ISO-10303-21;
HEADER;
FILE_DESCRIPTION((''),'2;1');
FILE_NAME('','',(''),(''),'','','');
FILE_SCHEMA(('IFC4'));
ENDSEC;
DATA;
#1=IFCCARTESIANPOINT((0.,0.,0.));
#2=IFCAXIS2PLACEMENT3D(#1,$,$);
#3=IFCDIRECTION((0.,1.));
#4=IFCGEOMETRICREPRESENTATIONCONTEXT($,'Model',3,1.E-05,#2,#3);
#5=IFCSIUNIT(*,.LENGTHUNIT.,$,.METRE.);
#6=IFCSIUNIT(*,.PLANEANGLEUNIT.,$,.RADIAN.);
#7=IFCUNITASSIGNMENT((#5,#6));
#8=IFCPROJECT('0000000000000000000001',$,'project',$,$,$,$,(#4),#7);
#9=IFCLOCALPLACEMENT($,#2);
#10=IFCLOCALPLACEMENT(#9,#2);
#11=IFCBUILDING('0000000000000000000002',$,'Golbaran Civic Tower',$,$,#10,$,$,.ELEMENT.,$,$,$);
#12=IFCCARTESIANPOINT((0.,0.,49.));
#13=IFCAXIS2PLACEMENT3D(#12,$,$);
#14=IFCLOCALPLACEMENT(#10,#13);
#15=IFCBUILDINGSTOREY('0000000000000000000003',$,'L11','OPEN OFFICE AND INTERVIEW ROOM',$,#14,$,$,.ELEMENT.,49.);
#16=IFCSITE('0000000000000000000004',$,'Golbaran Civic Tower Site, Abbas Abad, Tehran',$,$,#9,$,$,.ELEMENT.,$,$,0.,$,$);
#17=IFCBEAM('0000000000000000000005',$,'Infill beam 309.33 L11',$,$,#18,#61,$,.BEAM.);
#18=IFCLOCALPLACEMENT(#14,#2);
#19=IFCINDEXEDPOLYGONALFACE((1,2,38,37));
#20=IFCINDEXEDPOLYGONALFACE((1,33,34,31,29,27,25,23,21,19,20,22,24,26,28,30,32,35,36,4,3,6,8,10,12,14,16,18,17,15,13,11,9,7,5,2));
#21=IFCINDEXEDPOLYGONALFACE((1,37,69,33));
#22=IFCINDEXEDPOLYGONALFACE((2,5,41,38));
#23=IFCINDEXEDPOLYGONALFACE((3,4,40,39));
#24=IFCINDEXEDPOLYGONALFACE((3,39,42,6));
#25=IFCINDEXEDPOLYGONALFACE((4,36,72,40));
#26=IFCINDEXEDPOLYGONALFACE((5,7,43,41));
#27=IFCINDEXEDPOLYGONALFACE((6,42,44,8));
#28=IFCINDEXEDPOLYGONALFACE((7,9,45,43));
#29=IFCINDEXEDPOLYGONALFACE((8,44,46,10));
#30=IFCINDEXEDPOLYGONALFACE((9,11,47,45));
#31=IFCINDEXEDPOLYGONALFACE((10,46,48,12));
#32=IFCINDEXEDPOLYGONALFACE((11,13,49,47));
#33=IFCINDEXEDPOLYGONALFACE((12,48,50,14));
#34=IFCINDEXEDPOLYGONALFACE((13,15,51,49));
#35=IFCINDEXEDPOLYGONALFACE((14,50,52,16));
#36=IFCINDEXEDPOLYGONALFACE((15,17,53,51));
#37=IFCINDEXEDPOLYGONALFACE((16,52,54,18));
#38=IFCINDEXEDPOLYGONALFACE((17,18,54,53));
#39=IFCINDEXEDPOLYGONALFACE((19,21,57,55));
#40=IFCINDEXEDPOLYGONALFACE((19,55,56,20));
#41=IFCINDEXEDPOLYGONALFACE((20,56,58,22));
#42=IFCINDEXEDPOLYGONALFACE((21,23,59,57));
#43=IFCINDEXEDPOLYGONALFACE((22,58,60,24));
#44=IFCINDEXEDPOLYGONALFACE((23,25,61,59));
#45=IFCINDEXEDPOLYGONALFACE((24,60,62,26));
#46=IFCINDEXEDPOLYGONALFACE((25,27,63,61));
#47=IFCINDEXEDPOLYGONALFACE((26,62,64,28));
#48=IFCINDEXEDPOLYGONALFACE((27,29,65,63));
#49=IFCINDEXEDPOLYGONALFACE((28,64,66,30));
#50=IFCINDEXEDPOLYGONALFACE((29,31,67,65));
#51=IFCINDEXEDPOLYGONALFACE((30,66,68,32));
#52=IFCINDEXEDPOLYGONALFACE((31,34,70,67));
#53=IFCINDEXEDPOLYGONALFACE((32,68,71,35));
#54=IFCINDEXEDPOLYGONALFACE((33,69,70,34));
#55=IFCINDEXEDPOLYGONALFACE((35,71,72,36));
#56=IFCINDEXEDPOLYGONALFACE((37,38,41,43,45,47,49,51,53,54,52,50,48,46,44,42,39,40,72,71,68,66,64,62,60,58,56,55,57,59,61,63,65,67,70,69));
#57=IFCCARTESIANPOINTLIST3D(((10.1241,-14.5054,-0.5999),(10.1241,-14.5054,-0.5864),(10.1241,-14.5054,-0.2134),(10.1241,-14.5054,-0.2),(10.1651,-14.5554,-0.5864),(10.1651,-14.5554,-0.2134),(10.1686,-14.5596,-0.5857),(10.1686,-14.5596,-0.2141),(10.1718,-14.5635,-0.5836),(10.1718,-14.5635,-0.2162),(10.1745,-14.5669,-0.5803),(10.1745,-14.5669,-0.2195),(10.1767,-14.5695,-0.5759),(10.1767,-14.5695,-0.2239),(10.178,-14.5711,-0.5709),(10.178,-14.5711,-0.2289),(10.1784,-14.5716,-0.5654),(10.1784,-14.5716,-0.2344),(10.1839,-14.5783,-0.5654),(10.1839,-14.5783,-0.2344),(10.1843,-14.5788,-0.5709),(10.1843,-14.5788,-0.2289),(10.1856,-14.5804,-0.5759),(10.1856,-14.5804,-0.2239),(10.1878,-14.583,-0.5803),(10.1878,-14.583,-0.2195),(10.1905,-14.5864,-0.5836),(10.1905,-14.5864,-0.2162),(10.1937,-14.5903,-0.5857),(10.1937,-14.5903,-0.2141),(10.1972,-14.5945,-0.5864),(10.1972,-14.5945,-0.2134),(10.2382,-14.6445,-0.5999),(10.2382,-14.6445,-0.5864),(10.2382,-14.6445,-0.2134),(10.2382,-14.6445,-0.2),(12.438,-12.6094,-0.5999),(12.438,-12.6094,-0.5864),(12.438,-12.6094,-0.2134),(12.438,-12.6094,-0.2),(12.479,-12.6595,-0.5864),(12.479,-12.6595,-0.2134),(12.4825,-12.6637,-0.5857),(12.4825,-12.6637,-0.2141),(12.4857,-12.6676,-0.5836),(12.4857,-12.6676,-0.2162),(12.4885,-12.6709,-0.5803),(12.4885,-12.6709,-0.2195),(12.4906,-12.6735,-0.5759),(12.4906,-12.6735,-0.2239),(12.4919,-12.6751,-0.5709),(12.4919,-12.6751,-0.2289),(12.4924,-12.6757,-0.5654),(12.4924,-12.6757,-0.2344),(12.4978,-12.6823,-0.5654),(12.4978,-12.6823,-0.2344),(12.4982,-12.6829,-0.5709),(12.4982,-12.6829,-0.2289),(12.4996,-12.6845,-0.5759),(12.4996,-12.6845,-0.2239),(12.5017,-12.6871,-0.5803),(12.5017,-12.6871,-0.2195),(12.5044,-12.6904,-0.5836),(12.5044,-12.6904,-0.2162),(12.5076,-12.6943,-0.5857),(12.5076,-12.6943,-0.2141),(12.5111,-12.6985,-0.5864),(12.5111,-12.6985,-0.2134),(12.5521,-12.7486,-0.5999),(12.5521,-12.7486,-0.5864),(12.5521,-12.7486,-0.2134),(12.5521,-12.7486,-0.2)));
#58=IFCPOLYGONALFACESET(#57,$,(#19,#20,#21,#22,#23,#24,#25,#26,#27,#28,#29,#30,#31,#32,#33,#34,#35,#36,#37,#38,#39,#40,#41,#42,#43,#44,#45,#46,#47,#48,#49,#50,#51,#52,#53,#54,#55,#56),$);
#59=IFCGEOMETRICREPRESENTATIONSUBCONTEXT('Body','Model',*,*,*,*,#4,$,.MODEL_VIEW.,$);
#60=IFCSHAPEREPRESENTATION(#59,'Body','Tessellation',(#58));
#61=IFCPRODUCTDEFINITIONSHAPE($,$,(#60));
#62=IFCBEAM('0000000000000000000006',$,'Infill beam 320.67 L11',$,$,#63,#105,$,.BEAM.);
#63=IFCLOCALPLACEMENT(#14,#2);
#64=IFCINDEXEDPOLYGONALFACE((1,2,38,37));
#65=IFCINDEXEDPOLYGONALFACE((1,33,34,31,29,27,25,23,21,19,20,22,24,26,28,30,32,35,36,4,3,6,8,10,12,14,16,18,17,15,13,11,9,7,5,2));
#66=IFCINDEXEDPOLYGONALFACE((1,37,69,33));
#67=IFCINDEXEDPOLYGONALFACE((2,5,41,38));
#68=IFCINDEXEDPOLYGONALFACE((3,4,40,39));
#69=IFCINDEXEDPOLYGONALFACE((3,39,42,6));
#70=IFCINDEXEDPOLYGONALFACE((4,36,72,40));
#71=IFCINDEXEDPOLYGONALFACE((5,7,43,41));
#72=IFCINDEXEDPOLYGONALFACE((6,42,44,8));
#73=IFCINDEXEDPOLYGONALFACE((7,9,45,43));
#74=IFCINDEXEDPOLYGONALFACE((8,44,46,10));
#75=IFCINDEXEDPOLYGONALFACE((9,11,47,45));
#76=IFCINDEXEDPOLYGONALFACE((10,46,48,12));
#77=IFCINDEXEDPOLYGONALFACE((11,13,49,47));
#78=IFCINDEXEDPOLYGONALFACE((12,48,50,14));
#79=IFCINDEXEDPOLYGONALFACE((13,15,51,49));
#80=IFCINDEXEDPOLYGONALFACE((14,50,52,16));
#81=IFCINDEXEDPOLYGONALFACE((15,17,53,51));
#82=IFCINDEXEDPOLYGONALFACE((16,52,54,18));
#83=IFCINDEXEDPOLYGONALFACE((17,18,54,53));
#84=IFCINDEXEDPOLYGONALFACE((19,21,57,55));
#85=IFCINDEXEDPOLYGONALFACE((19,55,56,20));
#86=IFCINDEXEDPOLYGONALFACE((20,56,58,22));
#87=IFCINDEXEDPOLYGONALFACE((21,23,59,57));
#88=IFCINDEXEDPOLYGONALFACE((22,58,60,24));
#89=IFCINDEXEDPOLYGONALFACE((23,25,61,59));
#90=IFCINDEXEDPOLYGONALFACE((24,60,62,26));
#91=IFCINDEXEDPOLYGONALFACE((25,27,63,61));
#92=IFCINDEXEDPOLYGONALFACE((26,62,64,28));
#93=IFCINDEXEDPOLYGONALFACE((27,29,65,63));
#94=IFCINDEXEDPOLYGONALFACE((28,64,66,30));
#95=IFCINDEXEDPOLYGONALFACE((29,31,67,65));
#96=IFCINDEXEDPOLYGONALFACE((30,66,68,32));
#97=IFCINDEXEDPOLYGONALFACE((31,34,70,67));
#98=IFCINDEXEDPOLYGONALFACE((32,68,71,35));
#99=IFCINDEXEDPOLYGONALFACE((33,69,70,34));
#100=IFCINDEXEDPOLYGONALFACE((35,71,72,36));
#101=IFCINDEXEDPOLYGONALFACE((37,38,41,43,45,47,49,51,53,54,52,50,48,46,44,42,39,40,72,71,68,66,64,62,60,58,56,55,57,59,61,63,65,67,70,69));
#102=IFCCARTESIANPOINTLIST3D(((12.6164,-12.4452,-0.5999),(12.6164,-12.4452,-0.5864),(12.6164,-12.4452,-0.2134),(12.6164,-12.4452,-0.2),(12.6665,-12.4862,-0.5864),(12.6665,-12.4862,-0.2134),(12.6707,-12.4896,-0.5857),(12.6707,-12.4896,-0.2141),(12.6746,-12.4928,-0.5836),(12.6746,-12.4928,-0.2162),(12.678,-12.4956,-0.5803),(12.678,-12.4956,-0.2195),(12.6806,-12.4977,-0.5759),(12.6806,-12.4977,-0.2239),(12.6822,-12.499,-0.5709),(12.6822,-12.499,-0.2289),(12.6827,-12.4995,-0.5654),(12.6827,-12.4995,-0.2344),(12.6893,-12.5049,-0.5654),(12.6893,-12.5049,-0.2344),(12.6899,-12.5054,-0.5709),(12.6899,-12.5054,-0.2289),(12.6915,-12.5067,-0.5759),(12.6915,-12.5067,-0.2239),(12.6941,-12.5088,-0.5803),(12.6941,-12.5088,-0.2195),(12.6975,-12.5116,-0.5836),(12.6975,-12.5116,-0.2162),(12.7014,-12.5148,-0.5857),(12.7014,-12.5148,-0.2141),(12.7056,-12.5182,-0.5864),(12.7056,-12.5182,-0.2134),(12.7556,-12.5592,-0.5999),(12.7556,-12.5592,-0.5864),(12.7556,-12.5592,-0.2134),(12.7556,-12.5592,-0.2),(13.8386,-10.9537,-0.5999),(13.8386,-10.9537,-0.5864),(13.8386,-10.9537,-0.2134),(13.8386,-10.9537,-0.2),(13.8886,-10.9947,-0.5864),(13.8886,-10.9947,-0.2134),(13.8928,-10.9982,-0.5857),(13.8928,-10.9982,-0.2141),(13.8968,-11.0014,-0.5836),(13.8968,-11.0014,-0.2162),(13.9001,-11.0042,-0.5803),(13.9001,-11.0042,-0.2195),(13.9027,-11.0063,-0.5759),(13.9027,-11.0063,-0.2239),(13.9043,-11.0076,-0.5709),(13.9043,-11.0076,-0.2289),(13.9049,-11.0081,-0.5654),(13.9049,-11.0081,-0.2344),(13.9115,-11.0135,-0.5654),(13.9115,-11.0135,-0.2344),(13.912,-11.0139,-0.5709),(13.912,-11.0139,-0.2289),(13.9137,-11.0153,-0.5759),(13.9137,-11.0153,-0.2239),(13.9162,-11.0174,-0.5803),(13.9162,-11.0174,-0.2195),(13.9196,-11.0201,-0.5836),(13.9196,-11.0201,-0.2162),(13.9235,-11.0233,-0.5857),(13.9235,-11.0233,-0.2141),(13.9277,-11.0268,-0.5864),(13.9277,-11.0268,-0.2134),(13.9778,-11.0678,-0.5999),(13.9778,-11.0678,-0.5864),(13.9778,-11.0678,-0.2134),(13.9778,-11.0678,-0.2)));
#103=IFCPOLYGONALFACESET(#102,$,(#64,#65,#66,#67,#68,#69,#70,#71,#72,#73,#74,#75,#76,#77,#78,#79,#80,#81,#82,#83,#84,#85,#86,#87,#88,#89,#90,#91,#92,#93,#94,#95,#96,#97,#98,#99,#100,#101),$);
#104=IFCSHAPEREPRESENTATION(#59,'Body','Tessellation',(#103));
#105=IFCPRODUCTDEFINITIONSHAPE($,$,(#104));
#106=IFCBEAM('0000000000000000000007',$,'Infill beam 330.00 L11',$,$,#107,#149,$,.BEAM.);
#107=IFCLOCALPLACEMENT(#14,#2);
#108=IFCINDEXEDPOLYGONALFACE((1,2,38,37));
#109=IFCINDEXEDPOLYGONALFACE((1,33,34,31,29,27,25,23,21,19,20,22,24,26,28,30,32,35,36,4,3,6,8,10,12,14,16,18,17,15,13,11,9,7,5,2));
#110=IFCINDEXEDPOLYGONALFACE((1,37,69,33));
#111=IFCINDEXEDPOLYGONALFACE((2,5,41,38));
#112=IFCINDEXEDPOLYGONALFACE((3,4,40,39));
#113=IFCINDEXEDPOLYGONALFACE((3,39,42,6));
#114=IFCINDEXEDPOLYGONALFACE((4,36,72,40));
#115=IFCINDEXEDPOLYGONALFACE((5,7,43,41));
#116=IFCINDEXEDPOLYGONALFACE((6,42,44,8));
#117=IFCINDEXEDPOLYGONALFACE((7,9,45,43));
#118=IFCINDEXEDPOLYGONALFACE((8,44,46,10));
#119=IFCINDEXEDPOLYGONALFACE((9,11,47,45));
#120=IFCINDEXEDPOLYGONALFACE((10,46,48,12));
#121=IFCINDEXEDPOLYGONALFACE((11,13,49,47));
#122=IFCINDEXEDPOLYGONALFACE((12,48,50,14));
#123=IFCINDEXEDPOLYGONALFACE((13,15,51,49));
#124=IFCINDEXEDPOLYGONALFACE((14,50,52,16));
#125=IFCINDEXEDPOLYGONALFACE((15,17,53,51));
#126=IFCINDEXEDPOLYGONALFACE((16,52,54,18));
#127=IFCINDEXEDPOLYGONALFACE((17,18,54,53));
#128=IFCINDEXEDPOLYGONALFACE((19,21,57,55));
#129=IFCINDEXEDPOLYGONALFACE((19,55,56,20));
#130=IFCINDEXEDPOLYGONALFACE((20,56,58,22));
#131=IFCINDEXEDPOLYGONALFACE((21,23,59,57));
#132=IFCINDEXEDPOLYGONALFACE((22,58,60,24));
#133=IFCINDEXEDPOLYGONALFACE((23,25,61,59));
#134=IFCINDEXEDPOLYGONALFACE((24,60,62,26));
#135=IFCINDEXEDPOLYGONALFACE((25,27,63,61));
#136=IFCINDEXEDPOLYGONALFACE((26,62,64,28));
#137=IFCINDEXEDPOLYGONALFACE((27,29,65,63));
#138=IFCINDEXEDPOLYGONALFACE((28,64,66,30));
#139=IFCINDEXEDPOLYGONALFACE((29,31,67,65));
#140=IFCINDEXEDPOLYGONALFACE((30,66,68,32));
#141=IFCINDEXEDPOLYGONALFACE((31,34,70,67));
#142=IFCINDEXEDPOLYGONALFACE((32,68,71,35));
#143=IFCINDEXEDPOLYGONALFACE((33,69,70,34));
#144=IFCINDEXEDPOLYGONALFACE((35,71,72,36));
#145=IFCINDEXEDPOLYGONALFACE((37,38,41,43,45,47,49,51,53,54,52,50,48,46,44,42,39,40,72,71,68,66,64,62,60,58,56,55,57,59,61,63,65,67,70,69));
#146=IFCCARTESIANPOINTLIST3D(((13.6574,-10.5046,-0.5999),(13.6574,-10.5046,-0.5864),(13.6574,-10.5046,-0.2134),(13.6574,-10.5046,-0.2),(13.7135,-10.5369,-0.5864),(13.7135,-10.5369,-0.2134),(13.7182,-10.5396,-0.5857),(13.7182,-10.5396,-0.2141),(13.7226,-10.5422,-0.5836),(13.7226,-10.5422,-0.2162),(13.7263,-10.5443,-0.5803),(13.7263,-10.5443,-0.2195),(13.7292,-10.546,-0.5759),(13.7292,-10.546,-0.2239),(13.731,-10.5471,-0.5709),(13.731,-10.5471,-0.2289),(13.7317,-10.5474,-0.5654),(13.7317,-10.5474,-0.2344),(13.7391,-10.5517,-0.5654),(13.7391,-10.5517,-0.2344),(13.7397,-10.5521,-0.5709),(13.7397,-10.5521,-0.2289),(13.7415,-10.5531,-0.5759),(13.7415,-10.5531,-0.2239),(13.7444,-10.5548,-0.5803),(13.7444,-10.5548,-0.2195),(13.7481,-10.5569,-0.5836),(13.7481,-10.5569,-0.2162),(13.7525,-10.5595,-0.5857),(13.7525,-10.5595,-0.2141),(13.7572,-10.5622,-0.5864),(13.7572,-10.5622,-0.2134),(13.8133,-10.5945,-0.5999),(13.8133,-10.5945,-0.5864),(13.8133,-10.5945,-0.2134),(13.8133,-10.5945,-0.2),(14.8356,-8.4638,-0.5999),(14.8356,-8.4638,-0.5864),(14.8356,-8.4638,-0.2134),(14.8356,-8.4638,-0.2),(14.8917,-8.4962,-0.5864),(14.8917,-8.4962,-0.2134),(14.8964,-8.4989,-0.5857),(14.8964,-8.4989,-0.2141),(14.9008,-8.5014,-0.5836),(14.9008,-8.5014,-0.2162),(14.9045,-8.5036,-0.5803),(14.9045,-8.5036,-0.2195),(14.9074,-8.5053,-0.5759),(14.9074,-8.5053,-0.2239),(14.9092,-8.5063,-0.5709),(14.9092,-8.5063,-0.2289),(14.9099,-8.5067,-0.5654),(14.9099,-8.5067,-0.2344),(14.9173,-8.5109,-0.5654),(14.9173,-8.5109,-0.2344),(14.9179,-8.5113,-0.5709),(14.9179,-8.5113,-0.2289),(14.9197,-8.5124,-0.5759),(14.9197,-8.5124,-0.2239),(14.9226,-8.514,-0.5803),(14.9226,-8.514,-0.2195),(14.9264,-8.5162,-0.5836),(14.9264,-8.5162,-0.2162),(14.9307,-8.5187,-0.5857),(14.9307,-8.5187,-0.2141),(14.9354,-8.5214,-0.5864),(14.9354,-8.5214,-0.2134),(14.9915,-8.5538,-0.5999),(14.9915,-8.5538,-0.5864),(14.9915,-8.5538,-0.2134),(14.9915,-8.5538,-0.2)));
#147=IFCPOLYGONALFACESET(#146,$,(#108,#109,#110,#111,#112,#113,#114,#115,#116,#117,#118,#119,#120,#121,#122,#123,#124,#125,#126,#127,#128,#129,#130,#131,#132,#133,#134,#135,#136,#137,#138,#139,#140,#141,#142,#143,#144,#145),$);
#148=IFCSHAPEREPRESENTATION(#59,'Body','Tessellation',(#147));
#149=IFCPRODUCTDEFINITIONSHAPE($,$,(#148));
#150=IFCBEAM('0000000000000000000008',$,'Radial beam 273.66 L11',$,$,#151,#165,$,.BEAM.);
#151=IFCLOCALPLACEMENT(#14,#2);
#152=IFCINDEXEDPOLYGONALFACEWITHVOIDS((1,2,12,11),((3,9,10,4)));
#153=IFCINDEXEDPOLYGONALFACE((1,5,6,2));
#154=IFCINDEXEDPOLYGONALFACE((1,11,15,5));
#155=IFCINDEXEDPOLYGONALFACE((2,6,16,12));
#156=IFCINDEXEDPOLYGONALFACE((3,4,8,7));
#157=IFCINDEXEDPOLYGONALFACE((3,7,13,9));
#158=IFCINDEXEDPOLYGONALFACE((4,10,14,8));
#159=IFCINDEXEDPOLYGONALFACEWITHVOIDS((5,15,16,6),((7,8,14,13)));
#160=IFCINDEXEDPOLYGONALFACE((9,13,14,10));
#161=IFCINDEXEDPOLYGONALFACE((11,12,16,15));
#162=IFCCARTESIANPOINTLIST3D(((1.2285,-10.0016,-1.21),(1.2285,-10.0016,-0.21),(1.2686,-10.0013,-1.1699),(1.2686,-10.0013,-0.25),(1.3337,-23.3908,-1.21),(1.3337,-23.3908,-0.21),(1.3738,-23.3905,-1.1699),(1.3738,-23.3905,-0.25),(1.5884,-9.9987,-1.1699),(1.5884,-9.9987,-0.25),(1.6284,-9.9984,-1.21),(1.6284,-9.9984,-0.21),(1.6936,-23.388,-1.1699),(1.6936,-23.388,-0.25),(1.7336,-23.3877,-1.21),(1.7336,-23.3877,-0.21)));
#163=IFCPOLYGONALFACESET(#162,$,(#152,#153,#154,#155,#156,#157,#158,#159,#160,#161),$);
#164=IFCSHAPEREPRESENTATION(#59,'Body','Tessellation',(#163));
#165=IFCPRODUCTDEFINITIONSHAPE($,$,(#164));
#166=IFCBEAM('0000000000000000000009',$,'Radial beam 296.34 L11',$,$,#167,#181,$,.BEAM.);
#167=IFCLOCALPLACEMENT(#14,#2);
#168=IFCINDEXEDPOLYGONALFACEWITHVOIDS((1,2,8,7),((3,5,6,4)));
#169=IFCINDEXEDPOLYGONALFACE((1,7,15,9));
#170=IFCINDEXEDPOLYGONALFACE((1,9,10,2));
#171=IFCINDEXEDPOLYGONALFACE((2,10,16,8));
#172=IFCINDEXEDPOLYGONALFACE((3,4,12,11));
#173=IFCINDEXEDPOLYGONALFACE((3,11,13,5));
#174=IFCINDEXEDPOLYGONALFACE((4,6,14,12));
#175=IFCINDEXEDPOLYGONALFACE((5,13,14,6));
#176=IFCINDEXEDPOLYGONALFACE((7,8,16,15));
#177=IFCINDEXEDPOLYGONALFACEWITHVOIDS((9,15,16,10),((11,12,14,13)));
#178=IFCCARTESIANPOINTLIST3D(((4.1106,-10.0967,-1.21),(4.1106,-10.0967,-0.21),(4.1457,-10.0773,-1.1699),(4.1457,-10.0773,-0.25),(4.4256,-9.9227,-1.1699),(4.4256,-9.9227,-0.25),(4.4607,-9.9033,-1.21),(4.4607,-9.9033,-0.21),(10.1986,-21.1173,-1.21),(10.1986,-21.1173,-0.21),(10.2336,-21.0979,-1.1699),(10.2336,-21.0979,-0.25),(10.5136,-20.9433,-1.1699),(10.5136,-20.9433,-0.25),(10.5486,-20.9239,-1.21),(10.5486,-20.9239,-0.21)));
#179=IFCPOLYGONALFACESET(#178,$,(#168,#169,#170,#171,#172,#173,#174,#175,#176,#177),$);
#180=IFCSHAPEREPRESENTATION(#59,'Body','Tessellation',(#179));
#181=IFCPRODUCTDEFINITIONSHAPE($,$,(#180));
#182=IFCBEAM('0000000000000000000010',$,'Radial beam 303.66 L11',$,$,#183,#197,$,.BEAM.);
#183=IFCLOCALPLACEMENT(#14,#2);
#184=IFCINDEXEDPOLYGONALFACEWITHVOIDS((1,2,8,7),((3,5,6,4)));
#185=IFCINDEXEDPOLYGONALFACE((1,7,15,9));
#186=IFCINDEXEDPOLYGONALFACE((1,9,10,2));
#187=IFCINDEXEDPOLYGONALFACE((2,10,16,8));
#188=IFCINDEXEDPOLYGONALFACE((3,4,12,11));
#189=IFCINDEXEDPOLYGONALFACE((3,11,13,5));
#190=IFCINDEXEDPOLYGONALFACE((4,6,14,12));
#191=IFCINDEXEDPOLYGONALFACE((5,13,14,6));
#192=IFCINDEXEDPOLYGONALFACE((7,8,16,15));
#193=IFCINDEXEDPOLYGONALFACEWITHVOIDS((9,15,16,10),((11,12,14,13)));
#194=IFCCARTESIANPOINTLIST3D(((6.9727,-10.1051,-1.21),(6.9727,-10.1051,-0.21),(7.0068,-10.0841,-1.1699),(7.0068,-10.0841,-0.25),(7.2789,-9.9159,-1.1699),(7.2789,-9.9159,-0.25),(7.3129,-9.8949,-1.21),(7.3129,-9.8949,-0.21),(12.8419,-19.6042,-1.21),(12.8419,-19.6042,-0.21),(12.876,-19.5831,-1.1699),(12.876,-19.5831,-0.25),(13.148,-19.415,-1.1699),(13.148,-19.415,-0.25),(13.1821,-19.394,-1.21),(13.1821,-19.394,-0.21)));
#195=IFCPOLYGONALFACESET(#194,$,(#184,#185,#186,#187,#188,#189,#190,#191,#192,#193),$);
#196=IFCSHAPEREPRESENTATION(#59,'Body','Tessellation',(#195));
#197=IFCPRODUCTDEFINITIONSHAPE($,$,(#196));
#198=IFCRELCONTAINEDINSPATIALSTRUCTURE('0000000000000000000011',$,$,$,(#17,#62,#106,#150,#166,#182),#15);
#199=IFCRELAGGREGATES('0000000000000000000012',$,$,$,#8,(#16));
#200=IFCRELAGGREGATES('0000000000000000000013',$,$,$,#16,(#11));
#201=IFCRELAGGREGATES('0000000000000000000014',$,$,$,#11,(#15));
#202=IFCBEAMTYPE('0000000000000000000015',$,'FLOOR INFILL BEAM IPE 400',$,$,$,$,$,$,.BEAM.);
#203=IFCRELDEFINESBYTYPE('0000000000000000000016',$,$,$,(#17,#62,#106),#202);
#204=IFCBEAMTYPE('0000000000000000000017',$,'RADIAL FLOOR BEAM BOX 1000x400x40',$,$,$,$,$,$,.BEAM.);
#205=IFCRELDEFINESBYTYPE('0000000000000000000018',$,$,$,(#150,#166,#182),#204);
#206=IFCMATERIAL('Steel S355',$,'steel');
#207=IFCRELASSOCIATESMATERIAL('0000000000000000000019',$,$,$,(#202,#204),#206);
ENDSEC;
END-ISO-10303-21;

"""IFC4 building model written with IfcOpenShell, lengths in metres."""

from ifc_helpers import new_model, si_unit, direction, frame, origin, origin_2d, place, context, subcontext, project, spatial, hollow_rectangle, i_section, extrude, material, material_profile, profile_set, type_object, element, save


model = new_model("IFC4")

# Units and contexts
model_context = context("Model", 3, precision=1e-05, world=origin(), true_north=direction((0.0, 1.0)))
body_context = subcontext(model_context, "Body", "Model", "MODEL_VIEW")
ifc_project = project(units=[si_unit("LENGTHUNIT", "METRE"), si_unit("PLANEANGLEUNIT", "RADIAN")], contexts=[model_context])

# Site, building, storey
site_placement = place(None, origin())
site = spatial("IfcSite", under=ifc_project, at=site_placement, Name="Golbaran Civic Tower Site, Abbas Abad, Tehran", CompositionType="ELEMENT", RefElevation=0.0)
building_placement = place(site_placement, origin())
building = spatial("IfcBuilding", under=site, at=building_placement, Name="Golbaran Civic Tower", CompositionType="ELEMENT")
storey_placement = place(building_placement, frame((0.0, 0.0, 49.0)))
storey = spatial("IfcBuildingStorey", under=building, at=storey_placement, Name="L11", Description="OPEN OFFICE AND INTERVIEW ROOM", CompositionType="ELEMENT", Elevation=49.0)

# Beams
ifc_material_1 = material(Name="Steel S355", Category="steel")
ifc_material_profile_1 = material_profile(ifc_material_1, i_section(OverallWidth=0.1799, OverallDepth=0.3999, WebThickness=0.0085, FlangeThickness=0.0134, FilletRadius=0.021, at=origin_2d()), Name="IPE 400")
ifc_profile_set_1 = profile_set([ifc_material_profile_1], Name="Steel S355")
beam_type_1 = type_object("IfcBeamType", Name="FLOOR INFILL BEAM IPE 400", PredefinedType="BEAM", material=ifc_profile_set_1)
beam_1_placement = place(storey_placement, frame((10.1812, -14.575, -0.3999), z_axis=(0.773506, 0.633789, 0.0), x_axis=(-0.633789, 0.773506, 0.0)))
element("IfcBeam", 1, at=beam_1_placement, inside=storey, type_object=beam_type_1, Name="Infill beam 309.33 L11", PredefinedType="BEAM", context=body_context, shape_type="SweptSolid", body=[
    extrude(i_section(OverallWidth=0.1799, OverallDepth=0.3999, WebThickness=0.0085, FlangeThickness=0.0134, FilletRadius=0.021, at=origin_2d()), origin(), (0.0, 0.0, 1.0), 2.9915),
])
beam_2_placement = place(storey_placement, frame((12.686, -12.5022, -0.3999), z_axis=(0.633824, 0.773478, 0.0), x_axis=(-0.773478, 0.633824, 0.0)))
element("IfcBeam", 2, at=beam_2_placement, inside=storey, type_object=beam_type_1, Name="Infill beam 320.67 L11", PredefinedType="BEAM", context=body_context, shape_type="SweptSolid", body=[
    extrude(i_section(OverallWidth=0.1799, OverallDepth=0.3999, WebThickness=0.0085, FlangeThickness=0.0134, FilletRadius=0.021, at=origin_2d()), origin(), (0.0, 0.0, 1.0), 1.9282),
])
beam_3_placement = place(storey_placement, frame((13.7354, -10.5496, -0.3999), z_axis=(0.499994, 0.866029, 0.0), x_axis=(-0.866029, 0.499994, 0.0)))
element("IfcBeam", 3, at=beam_3_placement, inside=storey, type_object=beam_type_1, Name="Infill beam 330.00 L11", PredefinedType="BEAM", context=body_context, shape_type="SweptSolid", body=[
    extrude(i_section(OverallWidth=0.1799, OverallDepth=0.3999, WebThickness=0.0085, FlangeThickness=0.0134, FilletRadius=0.021, at=origin_2d()), origin(), (0.0, 0.0, 1.0), 2.3564),
])
ifc_material_profile_2 = material_profile(ifc_material_1, hollow_rectangle(XDim=0.3999, YDim=1.0, WallThickness=0.04, at=origin_2d()), Name="BOX 1000x400x40")
ifc_profile_set_2 = profile_set([ifc_material_profile_2], Name="Steel S355")
beam_type_2 = type_object("IfcBeamType", Name="RADIAL FLOOR BEAM BOX 1000x400x40", PredefinedType="BEAM", material=ifc_profile_set_2)
beam_4_placement = place(storey_placement, frame((1.4285, -10.0, -0.71), z_axis=(0.007859, -0.999969, 0.0), x_axis=(0.999969, 0.007859, 0.0)))
element("IfcBeam", 4, at=beam_4_placement, inside=storey, type_object=beam_type_2, Name="Radial beam 273.66 L11", PredefinedType="BEAM", context=body_context, shape_type="SweptSolid", body=[
    extrude(hollow_rectangle(XDim=0.3999, YDim=1.0, WallThickness=0.04, at=origin_2d()), origin(), (0.0, 0.0, 1.0), 13.3896),
])
beam_5_placement = place(storey_placement, frame((4.2856, -10.0, -0.71), z_axis=(0.483541, -0.875322, 0.0), x_axis=(0.875322, 0.483541, 0.0)))
element("IfcBeam", 5, at=beam_5_placement, inside=storey, type_object=beam_type_2, Name="Radial beam 296.34 L11", PredefinedType="BEAM", context=body_context, shape_type="SweptSolid", body=[
    extrude(hollow_rectangle(XDim=0.3999, YDim=1.0, WallThickness=0.04, at=origin_2d()), origin(), (0.0, 0.0, 1.0), 12.5903),
])
beam_6_placement = place(storey_placement, frame((7.1428, -10.0, -0.71), z_axis=(0.525629, -0.850714, 0.0), x_axis=(0.850714, 0.525629, 0.0)))
element("IfcBeam", 6, at=beam_6_placement, inside=storey, type_object=beam_type_2, Name="Radial beam 303.66 L11", PredefinedType="BEAM", context=body_context, shape_type="SweptSolid", body=[
    extrude(hollow_rectangle(XDim=0.3999, YDim=1.0, WallThickness=0.04, at=origin_2d()), origin(), (0.0, 0.0, 1.0), 11.166),
])

save(model, "model.ifc")
